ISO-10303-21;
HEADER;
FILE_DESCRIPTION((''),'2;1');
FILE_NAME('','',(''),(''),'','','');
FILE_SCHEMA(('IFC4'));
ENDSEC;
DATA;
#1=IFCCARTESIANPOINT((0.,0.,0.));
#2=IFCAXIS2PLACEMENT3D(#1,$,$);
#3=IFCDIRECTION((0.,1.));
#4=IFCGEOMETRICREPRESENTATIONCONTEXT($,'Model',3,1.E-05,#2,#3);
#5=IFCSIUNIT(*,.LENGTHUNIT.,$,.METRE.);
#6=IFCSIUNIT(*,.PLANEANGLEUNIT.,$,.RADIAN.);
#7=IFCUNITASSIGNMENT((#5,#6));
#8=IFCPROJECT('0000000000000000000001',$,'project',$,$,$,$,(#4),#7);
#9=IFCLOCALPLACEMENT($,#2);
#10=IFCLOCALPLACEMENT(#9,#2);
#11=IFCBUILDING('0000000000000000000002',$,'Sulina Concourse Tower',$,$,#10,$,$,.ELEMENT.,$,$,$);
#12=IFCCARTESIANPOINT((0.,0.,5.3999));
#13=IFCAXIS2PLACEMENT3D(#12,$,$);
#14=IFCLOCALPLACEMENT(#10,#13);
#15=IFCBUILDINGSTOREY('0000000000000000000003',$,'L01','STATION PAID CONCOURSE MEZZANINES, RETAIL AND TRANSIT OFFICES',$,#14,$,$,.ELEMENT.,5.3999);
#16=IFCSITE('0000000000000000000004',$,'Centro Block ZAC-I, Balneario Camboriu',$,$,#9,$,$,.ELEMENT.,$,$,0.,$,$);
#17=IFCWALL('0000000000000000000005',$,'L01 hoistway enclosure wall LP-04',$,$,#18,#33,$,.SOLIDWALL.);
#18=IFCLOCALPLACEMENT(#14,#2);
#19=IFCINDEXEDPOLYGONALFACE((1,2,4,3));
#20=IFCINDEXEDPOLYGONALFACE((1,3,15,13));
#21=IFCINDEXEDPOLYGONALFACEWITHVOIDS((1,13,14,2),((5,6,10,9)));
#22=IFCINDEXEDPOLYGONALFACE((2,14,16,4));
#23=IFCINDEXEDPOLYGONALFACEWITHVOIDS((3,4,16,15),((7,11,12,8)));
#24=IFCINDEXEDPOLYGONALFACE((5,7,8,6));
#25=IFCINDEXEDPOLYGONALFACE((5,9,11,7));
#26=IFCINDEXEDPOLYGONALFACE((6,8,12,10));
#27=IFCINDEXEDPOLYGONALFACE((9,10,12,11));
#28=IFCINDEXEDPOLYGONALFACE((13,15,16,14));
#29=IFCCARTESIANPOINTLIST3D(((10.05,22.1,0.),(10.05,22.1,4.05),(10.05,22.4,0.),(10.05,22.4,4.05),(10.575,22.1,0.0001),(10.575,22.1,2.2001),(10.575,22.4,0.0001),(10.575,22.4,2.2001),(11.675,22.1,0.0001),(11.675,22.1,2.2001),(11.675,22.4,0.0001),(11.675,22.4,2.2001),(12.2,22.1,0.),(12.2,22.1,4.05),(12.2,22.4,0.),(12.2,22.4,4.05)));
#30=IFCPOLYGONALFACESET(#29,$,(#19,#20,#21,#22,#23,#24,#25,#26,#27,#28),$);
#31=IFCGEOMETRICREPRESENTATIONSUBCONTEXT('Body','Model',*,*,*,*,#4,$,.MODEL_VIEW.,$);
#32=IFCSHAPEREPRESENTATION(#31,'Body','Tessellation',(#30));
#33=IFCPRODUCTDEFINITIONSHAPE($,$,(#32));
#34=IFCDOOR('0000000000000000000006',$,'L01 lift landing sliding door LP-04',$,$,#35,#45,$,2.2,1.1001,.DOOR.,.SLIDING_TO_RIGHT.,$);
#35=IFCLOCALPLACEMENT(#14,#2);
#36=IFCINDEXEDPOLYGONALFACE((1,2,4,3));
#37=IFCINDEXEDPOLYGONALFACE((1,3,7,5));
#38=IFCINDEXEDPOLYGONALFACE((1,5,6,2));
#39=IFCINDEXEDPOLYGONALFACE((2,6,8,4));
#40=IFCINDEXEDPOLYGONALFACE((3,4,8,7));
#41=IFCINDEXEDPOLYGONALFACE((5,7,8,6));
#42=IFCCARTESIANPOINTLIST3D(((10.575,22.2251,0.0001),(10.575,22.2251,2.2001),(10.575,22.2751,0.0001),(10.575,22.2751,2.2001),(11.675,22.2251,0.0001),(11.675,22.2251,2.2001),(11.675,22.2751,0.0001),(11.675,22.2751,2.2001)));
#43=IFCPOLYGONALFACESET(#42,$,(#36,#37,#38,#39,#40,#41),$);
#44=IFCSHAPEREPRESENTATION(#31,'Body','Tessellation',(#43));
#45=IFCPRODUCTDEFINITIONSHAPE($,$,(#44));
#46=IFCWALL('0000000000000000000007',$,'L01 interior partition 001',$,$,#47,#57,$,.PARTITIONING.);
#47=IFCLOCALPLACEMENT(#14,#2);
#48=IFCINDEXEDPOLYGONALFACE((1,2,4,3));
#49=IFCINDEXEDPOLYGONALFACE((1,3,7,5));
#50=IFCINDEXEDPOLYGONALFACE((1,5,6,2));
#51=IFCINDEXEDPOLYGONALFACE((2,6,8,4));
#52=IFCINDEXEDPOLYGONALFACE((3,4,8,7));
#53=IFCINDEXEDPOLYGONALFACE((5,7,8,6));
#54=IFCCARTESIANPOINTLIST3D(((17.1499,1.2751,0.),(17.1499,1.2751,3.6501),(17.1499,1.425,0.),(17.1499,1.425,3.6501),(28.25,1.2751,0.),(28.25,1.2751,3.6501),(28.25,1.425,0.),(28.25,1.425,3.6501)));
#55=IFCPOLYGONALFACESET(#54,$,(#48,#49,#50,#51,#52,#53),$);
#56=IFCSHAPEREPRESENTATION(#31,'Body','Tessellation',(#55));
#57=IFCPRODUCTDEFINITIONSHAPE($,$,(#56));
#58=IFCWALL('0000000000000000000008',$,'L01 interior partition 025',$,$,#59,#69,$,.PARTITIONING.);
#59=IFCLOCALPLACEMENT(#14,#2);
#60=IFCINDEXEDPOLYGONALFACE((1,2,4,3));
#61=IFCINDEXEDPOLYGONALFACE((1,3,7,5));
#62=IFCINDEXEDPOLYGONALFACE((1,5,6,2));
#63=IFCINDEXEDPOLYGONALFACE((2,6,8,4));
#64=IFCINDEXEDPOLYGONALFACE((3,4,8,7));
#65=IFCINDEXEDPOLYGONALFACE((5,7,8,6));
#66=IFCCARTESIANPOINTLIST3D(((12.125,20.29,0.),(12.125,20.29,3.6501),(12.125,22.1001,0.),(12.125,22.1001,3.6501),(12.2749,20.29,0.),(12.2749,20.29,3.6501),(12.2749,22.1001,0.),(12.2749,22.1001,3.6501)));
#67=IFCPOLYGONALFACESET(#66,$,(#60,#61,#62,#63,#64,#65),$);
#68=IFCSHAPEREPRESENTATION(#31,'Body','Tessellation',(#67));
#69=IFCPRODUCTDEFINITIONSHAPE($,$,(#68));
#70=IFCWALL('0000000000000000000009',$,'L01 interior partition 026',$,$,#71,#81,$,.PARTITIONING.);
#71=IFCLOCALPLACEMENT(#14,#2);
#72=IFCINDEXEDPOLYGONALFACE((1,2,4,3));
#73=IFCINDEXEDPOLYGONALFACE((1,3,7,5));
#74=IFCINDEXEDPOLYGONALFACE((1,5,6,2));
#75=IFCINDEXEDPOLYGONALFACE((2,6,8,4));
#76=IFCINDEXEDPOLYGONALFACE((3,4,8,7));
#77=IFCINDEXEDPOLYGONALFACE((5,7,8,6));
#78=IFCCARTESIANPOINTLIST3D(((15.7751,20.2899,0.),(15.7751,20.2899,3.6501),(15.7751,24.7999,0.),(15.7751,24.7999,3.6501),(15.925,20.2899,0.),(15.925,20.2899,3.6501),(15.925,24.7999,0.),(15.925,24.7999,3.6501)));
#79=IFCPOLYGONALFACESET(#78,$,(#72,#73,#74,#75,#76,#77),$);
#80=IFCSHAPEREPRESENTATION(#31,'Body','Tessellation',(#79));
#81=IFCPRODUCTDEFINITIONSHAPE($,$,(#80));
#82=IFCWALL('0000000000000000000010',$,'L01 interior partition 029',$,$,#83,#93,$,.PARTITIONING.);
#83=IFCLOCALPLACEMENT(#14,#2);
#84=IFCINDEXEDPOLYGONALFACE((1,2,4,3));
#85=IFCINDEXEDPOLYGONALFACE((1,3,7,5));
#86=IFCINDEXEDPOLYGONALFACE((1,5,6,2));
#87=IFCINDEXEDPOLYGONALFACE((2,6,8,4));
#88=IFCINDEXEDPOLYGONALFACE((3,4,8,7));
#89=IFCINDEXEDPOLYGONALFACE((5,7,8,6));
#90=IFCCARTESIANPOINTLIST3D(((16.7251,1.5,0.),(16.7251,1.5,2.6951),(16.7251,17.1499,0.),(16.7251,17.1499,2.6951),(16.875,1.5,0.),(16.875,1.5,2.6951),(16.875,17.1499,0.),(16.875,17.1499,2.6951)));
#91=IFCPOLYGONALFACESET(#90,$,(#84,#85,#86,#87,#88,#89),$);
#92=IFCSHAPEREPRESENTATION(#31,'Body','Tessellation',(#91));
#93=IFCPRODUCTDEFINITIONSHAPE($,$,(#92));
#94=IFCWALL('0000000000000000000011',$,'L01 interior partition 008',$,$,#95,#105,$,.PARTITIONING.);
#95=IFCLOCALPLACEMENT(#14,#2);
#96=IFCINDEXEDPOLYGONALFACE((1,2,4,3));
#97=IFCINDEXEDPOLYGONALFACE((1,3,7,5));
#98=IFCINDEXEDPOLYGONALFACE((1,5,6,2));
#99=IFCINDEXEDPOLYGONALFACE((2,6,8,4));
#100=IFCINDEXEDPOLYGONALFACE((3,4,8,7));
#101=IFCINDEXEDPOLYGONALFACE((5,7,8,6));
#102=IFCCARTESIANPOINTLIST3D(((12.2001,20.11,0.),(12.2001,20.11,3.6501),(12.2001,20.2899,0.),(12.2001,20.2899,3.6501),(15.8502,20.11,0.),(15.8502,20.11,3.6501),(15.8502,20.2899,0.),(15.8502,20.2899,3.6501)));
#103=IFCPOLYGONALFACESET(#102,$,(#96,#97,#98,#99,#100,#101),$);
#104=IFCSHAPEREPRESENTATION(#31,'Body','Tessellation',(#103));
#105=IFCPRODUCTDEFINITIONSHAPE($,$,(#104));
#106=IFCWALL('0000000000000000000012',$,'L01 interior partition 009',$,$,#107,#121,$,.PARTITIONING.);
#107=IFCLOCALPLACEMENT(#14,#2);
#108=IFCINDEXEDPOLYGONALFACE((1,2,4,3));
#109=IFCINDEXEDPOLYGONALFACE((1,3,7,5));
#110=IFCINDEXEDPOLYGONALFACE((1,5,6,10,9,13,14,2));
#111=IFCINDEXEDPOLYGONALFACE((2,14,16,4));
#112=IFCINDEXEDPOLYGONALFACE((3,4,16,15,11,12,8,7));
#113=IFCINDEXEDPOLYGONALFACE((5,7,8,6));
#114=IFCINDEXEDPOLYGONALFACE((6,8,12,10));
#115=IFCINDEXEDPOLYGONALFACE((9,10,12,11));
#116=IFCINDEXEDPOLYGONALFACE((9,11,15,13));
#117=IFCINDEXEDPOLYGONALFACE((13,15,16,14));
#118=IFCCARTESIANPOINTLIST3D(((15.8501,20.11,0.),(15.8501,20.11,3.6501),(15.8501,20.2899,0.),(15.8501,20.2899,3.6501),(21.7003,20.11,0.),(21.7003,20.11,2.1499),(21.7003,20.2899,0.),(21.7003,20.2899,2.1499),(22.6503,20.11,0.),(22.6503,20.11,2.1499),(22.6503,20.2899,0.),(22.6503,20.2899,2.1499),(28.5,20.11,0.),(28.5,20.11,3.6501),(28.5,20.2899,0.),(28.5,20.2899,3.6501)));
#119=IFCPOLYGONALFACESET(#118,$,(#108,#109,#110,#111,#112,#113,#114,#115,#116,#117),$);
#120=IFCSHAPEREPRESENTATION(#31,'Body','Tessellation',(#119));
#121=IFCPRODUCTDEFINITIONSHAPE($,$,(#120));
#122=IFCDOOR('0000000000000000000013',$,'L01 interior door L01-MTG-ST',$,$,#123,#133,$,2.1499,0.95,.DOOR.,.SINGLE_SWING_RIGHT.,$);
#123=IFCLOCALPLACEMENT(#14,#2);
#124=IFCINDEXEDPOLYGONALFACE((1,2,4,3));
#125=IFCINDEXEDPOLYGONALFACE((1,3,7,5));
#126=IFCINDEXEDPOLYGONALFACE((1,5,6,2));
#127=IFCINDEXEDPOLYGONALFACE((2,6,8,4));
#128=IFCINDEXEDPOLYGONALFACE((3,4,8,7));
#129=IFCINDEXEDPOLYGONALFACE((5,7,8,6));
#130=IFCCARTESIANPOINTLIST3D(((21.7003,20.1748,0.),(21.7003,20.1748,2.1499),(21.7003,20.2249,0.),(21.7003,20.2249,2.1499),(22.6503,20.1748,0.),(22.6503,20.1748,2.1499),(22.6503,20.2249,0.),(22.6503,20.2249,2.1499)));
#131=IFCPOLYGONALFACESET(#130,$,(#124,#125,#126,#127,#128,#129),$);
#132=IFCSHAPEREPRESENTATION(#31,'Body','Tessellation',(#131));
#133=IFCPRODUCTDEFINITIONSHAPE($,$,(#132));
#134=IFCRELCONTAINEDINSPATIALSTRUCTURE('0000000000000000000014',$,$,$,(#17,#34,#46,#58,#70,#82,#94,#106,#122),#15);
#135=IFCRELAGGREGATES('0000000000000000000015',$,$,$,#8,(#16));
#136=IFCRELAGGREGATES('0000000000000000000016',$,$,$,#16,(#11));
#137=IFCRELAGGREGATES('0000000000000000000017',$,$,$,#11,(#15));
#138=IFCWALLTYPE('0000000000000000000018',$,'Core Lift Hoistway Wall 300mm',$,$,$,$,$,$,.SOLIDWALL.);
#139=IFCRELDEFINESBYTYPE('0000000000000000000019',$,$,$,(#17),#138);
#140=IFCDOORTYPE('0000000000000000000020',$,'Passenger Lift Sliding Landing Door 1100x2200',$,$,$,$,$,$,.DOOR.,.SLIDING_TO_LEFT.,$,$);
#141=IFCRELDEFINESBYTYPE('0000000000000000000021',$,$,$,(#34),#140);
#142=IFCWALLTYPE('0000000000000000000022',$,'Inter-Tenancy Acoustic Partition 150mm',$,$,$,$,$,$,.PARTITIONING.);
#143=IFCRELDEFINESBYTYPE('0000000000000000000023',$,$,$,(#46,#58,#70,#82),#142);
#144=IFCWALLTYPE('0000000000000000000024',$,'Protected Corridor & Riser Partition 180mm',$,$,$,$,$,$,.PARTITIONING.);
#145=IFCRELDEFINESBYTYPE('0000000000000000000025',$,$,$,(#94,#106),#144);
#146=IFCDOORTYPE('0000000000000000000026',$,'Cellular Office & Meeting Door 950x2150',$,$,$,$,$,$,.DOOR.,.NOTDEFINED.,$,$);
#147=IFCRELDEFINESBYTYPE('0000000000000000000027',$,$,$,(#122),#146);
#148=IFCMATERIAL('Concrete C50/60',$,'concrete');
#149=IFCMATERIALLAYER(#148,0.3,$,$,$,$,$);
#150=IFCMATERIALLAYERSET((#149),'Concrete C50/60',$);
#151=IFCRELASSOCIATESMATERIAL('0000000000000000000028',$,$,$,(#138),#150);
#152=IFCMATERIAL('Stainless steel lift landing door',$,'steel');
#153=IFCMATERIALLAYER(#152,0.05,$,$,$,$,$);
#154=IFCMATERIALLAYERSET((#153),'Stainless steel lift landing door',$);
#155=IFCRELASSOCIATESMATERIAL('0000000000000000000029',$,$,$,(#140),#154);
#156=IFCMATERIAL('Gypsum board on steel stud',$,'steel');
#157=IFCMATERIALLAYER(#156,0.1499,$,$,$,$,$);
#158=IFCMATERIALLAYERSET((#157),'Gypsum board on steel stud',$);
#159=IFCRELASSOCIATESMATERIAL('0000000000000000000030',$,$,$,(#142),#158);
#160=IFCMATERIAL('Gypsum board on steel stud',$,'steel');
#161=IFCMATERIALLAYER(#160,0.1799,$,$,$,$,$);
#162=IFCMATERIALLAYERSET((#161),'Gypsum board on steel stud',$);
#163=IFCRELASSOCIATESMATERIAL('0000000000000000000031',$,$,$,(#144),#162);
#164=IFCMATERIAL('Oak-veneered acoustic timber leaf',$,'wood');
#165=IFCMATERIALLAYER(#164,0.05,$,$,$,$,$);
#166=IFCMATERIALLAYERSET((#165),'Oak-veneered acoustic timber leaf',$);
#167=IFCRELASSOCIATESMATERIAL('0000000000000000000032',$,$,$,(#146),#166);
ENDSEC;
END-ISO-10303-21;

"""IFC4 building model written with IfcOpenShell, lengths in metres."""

from ifc_helpers import new_model, si_unit, direction, frame, frame_2d, origin, place, context, subcontext, project, spatial, rectangle, extrude, material, layer, layer_set, type_object, element, fill, save


model = new_model("IFC4")

# Units and contexts
model_context = context("Model", 3, precision=1e-05, world=origin(), true_north=direction((0.0, 1.0)))
body_context = subcontext(model_context, "Body", "Model", "MODEL_VIEW")
ifc_project = project(units=[si_unit("LENGTHUNIT", "METRE"), si_unit("PLANEANGLEUNIT", "RADIAN")], contexts=[model_context])

# Site, building, storey
site_placement = place(None, origin())
site = spatial("IfcSite", under=ifc_project, at=site_placement, Name="Centro Block ZAC-I, Balneario Camboriu", CompositionType="ELEMENT", RefElevation=0.0)
building_placement = place(site_placement, origin())
building = spatial("IfcBuilding", under=site, at=building_placement, Name="Sulina Concourse Tower", CompositionType="ELEMENT")
storey_placement = place(building_placement, frame((0.0, 0.0, 5.3999)))
storey = spatial("IfcBuildingStorey", under=building, at=storey_placement, Name="L01", Description="STATION PAID CONCOURSE MEZZANINES, RETAIL AND TRANSIT OFFICES", CompositionType="ELEMENT", Elevation=5.3999)

# Wall, opening, door
ifc_material_1 = material(Name="Concrete C50/60", Category="concrete")
ifc_layer_1 = layer(ifc_material_1, 0.3)
ifc_layer_set_1 = layer_set([ifc_layer_1], Name="Concrete C50/60")
wall_type_1 = type_object("IfcWallType", Name="Core Lift Hoistway Wall 300mm", PredefinedType="SOLIDWALL", material=ifc_layer_set_1)
ifc_material_2 = material(Name="Stainless steel lift landing door", Category="steel")
ifc_layer_2 = layer(ifc_material_2, 0.05)
ifc_layer_set_2 = layer_set([ifc_layer_2], Name="Stainless steel lift landing door")
door_type_1 = type_object("IfcDoorType", Name="Passenger Lift Sliding Landing Door 1100x2200", OperationType="SLIDING_TO_LEFT", PredefinedType="DOOR", material=ifc_layer_set_2)
wall_1_placement = place(storey_placement, frame((12.2, 22.25, 0.0), z_axis=(0.0, 0.0, 1.0), x_axis=(-1.0, 0.0, 0.0)))
wall_1 = element("IfcWall", 1, at=wall_1_placement, inside=storey, type_object=wall_type_1, Name="L01 hoistway enclosure wall LP-04", PredefinedType="SOLIDWALL", context=body_context, shape_type="SweptSolid", body=[
    extrude(rectangle(XDim=2.1499, YDim=0.3, at=frame_2d((1.075, 0.0))), origin(), (0.0, 0.0, 1.0), 4.05),
])
opening_1_placement = place(wall_1_placement, frame((0.5249, 0.0, 0.0)))
opening_1 = element("IfcOpeningElement", 2, at=opening_1_placement, cuts=wall_1, PredefinedType="OPENING", context=body_context, shape_type="SweptSolid", body=[
    extrude(rectangle(XDim=1.1001, YDim=2.2, at=frame_2d((0.55, 1.1001))), frame((0.0, 0.1599, 0.0), z_axis=(0.0, -1.0, 0.0), x_axis=(1.0, 0.0, 0.0)), (0.0, 0.0, 1.0), 0.3201),
])
door_1_placement = place(opening_1_placement, origin())
door_1 = element("IfcDoor", 3, at=door_1_placement, inside=storey, type_object=door_type_1, Name="L01 lift landing sliding door LP-04", OperationType="SLIDING_TO_RIGHT", OverallHeight=2.2, OverallWidth=1.1001, PredefinedType="DOOR", context=body_context, shape_type="SweptSolid", body=[
    extrude(rectangle(XDim=1.1001, YDim=2.2, at=frame_2d((0.55, 1.1001))), frame((0.0, 0.0249, 0.0), z_axis=(0.0, -1.0, 0.0), x_axis=(1.0, 0.0, 0.0)), (0.0, 0.0, 1.0), 0.05),
])
fill(opening_1, door_1)

# Walls
ifc_material_3 = material(Name="Gypsum board on steel stud", Category="steel")
ifc_layer_3 = layer(ifc_material_3, 0.1499)
ifc_layer_set_3 = layer_set([ifc_layer_3], Name="Gypsum board on steel stud")
wall_type_2 = type_object("IfcWallType", Name="Inter-Tenancy Acoustic Partition 150mm", PredefinedType="PARTITIONING", material=ifc_layer_set_3)
wall_2_placement = place(storey_placement, frame((17.1499, 1.3501, 0.0), z_axis=(0.0, 0.0, 1.0), x_axis=(1.0, 0.0, 0.0)))
element("IfcWall", 4, at=wall_2_placement, inside=storey, type_object=wall_type_2, Name="L01 interior partition 001", PredefinedType="PARTITIONING", context=body_context, shape_type="SweptSolid", body=[
    extrude(rectangle(XDim=11.1001, YDim=0.1499, at=frame_2d((5.55, 0.0))), origin(), (0.0, 0.0, 1.0), 3.6501),
])
wall_3_placement = place(storey_placement, frame((12.2, 20.29, 0.0), z_axis=(0.0, 0.0, 1.0), x_axis=(0.0, 1.0, 0.0)))
element("IfcWall", 5, at=wall_3_placement, inside=storey, type_object=wall_type_2, Name="L01 interior partition 025", PredefinedType="PARTITIONING", context=body_context, shape_type="SweptSolid", body=[
    extrude(rectangle(XDim=1.8101, YDim=0.1499, at=frame_2d((0.905, 0.0))), origin(), (0.0, 0.0, 1.0), 3.6501),
])
wall_4_placement = place(storey_placement, frame((15.8501, 20.29, 0.0), z_axis=(0.0, 0.0, 1.0), x_axis=(0.0, 1.0, 0.0)))
element("IfcWall", 6, at=wall_4_placement, inside=storey, type_object=wall_type_2, Name="L01 interior partition 026", PredefinedType="PARTITIONING", context=body_context, shape_type="SweptSolid", body=[
    extrude(rectangle(XDim=4.51, YDim=0.1499, at=frame_2d((2.2549, 0.0))), origin(), (0.0, 0.0, 1.0), 3.6501),
])
wall_5_placement = place(storey_placement, frame((16.8, 1.5, 0.0), z_axis=(0.0, 0.0, 1.0), x_axis=(0.0, 1.0, 0.0)))
element("IfcWall", 7, at=wall_5_placement, inside=storey, type_object=wall_type_2, Name="L01 interior partition 029", PredefinedType="PARTITIONING", context=body_context, shape_type="SweptSolid", body=[
    extrude(rectangle(XDim=15.6499, YDim=0.1499, at=frame_2d((7.825, 0.0))), origin(), (0.0, 0.0, 1.0), 2.6951),
])
ifc_material_4 = material(Name="Gypsum board on steel stud", Category="steel")
ifc_layer_4 = layer(ifc_material_4, 0.1799)
ifc_layer_set_4 = layer_set([ifc_layer_4], Name="Gypsum board on steel stud")
wall_type_3 = type_object("IfcWallType", Name="Protected Corridor & Riser Partition 180mm", PredefinedType="PARTITIONING", material=ifc_layer_set_4)
wall_6_placement = place(storey_placement, frame((12.2, 20.2, 0.0), z_axis=(0.0, 0.0, 1.0), x_axis=(1.0, 0.0, 0.0)))
element("IfcWall", 8, at=wall_6_placement, inside=storey, type_object=wall_type_3, Name="L01 interior partition 008", PredefinedType="PARTITIONING", context=body_context, shape_type="SweptSolid", body=[
    extrude(rectangle(XDim=3.6501, YDim=0.1799, at=frame_2d((1.8252, 0.0))), origin(), (0.0, 0.0, 1.0), 3.6501),
])

# Wall, opening, door
wall_7_placement = place(storey_placement, frame((15.8501, 20.2, 0.0), z_axis=(0.0, 0.0, 1.0), x_axis=(1.0, 0.0, 0.0)))
wall_7 = element("IfcWall", 9, at=wall_7_placement, inside=storey, type_object=wall_type_3, Name="L01 interior partition 009", PredefinedType="PARTITIONING", context=body_context, shape_type="SweptSolid", body=[
    extrude(rectangle(XDim=12.6499, YDim=0.1799, at=frame_2d((6.325, 0.0))), origin(), (0.0, 0.0, 1.0), 3.6501),
])
opening_2_placement = place(wall_7_placement, frame((5.8501, 0.0, 0.0)))
opening_2 = element("IfcOpeningElement", 10, at=opening_2_placement, cuts=wall_7, PredefinedType="OPENING", context=body_context, shape_type="SweptSolid", body=[
    extrude(rectangle(XDim=0.95, YDim=2.1499, at=frame_2d((0.4751, 1.075))), frame((0.0, 0.0999, 0.0), z_axis=(0.0, -1.0, 0.0), x_axis=(1.0, 0.0, 0.0)), (0.0, 0.0, 1.0), 0.2),
])
ifc_material_5 = material(Name="Oak-veneered acoustic timber leaf", Category="wood")
ifc_layer_5 = layer(ifc_material_5, 0.05)
ifc_layer_set_5 = layer_set([ifc_layer_5], Name="Oak-veneered acoustic timber leaf")
door_type_2 = type_object("IfcDoorType", Name="Cellular Office & Meeting Door 950x2150", OperationType="NOTDEFINED", PredefinedType="DOOR", material=ifc_layer_set_5)
door_2_placement = place(opening_2_placement, origin())
door_2 = element("IfcDoor", 11, at=door_2_placement, inside=storey, type_object=door_type_2, Name="L01 interior door L01-MTG-ST", OperationType="SINGLE_SWING_RIGHT", OverallHeight=2.1499, OverallWidth=0.95, PredefinedType="DOOR", context=body_context, shape_type="SweptSolid", body=[
    extrude(rectangle(XDim=0.95, YDim=2.1499, at=frame_2d((0.4751, 1.075))), frame((0.0, 0.0249, 0.0), z_axis=(0.0, -1.0, 0.0), x_axis=(1.0, 0.0, 0.0)), (0.0, 0.0, 1.0), 0.05),
])
fill(opening_2, door_2)

save(model, "model.ifc")
